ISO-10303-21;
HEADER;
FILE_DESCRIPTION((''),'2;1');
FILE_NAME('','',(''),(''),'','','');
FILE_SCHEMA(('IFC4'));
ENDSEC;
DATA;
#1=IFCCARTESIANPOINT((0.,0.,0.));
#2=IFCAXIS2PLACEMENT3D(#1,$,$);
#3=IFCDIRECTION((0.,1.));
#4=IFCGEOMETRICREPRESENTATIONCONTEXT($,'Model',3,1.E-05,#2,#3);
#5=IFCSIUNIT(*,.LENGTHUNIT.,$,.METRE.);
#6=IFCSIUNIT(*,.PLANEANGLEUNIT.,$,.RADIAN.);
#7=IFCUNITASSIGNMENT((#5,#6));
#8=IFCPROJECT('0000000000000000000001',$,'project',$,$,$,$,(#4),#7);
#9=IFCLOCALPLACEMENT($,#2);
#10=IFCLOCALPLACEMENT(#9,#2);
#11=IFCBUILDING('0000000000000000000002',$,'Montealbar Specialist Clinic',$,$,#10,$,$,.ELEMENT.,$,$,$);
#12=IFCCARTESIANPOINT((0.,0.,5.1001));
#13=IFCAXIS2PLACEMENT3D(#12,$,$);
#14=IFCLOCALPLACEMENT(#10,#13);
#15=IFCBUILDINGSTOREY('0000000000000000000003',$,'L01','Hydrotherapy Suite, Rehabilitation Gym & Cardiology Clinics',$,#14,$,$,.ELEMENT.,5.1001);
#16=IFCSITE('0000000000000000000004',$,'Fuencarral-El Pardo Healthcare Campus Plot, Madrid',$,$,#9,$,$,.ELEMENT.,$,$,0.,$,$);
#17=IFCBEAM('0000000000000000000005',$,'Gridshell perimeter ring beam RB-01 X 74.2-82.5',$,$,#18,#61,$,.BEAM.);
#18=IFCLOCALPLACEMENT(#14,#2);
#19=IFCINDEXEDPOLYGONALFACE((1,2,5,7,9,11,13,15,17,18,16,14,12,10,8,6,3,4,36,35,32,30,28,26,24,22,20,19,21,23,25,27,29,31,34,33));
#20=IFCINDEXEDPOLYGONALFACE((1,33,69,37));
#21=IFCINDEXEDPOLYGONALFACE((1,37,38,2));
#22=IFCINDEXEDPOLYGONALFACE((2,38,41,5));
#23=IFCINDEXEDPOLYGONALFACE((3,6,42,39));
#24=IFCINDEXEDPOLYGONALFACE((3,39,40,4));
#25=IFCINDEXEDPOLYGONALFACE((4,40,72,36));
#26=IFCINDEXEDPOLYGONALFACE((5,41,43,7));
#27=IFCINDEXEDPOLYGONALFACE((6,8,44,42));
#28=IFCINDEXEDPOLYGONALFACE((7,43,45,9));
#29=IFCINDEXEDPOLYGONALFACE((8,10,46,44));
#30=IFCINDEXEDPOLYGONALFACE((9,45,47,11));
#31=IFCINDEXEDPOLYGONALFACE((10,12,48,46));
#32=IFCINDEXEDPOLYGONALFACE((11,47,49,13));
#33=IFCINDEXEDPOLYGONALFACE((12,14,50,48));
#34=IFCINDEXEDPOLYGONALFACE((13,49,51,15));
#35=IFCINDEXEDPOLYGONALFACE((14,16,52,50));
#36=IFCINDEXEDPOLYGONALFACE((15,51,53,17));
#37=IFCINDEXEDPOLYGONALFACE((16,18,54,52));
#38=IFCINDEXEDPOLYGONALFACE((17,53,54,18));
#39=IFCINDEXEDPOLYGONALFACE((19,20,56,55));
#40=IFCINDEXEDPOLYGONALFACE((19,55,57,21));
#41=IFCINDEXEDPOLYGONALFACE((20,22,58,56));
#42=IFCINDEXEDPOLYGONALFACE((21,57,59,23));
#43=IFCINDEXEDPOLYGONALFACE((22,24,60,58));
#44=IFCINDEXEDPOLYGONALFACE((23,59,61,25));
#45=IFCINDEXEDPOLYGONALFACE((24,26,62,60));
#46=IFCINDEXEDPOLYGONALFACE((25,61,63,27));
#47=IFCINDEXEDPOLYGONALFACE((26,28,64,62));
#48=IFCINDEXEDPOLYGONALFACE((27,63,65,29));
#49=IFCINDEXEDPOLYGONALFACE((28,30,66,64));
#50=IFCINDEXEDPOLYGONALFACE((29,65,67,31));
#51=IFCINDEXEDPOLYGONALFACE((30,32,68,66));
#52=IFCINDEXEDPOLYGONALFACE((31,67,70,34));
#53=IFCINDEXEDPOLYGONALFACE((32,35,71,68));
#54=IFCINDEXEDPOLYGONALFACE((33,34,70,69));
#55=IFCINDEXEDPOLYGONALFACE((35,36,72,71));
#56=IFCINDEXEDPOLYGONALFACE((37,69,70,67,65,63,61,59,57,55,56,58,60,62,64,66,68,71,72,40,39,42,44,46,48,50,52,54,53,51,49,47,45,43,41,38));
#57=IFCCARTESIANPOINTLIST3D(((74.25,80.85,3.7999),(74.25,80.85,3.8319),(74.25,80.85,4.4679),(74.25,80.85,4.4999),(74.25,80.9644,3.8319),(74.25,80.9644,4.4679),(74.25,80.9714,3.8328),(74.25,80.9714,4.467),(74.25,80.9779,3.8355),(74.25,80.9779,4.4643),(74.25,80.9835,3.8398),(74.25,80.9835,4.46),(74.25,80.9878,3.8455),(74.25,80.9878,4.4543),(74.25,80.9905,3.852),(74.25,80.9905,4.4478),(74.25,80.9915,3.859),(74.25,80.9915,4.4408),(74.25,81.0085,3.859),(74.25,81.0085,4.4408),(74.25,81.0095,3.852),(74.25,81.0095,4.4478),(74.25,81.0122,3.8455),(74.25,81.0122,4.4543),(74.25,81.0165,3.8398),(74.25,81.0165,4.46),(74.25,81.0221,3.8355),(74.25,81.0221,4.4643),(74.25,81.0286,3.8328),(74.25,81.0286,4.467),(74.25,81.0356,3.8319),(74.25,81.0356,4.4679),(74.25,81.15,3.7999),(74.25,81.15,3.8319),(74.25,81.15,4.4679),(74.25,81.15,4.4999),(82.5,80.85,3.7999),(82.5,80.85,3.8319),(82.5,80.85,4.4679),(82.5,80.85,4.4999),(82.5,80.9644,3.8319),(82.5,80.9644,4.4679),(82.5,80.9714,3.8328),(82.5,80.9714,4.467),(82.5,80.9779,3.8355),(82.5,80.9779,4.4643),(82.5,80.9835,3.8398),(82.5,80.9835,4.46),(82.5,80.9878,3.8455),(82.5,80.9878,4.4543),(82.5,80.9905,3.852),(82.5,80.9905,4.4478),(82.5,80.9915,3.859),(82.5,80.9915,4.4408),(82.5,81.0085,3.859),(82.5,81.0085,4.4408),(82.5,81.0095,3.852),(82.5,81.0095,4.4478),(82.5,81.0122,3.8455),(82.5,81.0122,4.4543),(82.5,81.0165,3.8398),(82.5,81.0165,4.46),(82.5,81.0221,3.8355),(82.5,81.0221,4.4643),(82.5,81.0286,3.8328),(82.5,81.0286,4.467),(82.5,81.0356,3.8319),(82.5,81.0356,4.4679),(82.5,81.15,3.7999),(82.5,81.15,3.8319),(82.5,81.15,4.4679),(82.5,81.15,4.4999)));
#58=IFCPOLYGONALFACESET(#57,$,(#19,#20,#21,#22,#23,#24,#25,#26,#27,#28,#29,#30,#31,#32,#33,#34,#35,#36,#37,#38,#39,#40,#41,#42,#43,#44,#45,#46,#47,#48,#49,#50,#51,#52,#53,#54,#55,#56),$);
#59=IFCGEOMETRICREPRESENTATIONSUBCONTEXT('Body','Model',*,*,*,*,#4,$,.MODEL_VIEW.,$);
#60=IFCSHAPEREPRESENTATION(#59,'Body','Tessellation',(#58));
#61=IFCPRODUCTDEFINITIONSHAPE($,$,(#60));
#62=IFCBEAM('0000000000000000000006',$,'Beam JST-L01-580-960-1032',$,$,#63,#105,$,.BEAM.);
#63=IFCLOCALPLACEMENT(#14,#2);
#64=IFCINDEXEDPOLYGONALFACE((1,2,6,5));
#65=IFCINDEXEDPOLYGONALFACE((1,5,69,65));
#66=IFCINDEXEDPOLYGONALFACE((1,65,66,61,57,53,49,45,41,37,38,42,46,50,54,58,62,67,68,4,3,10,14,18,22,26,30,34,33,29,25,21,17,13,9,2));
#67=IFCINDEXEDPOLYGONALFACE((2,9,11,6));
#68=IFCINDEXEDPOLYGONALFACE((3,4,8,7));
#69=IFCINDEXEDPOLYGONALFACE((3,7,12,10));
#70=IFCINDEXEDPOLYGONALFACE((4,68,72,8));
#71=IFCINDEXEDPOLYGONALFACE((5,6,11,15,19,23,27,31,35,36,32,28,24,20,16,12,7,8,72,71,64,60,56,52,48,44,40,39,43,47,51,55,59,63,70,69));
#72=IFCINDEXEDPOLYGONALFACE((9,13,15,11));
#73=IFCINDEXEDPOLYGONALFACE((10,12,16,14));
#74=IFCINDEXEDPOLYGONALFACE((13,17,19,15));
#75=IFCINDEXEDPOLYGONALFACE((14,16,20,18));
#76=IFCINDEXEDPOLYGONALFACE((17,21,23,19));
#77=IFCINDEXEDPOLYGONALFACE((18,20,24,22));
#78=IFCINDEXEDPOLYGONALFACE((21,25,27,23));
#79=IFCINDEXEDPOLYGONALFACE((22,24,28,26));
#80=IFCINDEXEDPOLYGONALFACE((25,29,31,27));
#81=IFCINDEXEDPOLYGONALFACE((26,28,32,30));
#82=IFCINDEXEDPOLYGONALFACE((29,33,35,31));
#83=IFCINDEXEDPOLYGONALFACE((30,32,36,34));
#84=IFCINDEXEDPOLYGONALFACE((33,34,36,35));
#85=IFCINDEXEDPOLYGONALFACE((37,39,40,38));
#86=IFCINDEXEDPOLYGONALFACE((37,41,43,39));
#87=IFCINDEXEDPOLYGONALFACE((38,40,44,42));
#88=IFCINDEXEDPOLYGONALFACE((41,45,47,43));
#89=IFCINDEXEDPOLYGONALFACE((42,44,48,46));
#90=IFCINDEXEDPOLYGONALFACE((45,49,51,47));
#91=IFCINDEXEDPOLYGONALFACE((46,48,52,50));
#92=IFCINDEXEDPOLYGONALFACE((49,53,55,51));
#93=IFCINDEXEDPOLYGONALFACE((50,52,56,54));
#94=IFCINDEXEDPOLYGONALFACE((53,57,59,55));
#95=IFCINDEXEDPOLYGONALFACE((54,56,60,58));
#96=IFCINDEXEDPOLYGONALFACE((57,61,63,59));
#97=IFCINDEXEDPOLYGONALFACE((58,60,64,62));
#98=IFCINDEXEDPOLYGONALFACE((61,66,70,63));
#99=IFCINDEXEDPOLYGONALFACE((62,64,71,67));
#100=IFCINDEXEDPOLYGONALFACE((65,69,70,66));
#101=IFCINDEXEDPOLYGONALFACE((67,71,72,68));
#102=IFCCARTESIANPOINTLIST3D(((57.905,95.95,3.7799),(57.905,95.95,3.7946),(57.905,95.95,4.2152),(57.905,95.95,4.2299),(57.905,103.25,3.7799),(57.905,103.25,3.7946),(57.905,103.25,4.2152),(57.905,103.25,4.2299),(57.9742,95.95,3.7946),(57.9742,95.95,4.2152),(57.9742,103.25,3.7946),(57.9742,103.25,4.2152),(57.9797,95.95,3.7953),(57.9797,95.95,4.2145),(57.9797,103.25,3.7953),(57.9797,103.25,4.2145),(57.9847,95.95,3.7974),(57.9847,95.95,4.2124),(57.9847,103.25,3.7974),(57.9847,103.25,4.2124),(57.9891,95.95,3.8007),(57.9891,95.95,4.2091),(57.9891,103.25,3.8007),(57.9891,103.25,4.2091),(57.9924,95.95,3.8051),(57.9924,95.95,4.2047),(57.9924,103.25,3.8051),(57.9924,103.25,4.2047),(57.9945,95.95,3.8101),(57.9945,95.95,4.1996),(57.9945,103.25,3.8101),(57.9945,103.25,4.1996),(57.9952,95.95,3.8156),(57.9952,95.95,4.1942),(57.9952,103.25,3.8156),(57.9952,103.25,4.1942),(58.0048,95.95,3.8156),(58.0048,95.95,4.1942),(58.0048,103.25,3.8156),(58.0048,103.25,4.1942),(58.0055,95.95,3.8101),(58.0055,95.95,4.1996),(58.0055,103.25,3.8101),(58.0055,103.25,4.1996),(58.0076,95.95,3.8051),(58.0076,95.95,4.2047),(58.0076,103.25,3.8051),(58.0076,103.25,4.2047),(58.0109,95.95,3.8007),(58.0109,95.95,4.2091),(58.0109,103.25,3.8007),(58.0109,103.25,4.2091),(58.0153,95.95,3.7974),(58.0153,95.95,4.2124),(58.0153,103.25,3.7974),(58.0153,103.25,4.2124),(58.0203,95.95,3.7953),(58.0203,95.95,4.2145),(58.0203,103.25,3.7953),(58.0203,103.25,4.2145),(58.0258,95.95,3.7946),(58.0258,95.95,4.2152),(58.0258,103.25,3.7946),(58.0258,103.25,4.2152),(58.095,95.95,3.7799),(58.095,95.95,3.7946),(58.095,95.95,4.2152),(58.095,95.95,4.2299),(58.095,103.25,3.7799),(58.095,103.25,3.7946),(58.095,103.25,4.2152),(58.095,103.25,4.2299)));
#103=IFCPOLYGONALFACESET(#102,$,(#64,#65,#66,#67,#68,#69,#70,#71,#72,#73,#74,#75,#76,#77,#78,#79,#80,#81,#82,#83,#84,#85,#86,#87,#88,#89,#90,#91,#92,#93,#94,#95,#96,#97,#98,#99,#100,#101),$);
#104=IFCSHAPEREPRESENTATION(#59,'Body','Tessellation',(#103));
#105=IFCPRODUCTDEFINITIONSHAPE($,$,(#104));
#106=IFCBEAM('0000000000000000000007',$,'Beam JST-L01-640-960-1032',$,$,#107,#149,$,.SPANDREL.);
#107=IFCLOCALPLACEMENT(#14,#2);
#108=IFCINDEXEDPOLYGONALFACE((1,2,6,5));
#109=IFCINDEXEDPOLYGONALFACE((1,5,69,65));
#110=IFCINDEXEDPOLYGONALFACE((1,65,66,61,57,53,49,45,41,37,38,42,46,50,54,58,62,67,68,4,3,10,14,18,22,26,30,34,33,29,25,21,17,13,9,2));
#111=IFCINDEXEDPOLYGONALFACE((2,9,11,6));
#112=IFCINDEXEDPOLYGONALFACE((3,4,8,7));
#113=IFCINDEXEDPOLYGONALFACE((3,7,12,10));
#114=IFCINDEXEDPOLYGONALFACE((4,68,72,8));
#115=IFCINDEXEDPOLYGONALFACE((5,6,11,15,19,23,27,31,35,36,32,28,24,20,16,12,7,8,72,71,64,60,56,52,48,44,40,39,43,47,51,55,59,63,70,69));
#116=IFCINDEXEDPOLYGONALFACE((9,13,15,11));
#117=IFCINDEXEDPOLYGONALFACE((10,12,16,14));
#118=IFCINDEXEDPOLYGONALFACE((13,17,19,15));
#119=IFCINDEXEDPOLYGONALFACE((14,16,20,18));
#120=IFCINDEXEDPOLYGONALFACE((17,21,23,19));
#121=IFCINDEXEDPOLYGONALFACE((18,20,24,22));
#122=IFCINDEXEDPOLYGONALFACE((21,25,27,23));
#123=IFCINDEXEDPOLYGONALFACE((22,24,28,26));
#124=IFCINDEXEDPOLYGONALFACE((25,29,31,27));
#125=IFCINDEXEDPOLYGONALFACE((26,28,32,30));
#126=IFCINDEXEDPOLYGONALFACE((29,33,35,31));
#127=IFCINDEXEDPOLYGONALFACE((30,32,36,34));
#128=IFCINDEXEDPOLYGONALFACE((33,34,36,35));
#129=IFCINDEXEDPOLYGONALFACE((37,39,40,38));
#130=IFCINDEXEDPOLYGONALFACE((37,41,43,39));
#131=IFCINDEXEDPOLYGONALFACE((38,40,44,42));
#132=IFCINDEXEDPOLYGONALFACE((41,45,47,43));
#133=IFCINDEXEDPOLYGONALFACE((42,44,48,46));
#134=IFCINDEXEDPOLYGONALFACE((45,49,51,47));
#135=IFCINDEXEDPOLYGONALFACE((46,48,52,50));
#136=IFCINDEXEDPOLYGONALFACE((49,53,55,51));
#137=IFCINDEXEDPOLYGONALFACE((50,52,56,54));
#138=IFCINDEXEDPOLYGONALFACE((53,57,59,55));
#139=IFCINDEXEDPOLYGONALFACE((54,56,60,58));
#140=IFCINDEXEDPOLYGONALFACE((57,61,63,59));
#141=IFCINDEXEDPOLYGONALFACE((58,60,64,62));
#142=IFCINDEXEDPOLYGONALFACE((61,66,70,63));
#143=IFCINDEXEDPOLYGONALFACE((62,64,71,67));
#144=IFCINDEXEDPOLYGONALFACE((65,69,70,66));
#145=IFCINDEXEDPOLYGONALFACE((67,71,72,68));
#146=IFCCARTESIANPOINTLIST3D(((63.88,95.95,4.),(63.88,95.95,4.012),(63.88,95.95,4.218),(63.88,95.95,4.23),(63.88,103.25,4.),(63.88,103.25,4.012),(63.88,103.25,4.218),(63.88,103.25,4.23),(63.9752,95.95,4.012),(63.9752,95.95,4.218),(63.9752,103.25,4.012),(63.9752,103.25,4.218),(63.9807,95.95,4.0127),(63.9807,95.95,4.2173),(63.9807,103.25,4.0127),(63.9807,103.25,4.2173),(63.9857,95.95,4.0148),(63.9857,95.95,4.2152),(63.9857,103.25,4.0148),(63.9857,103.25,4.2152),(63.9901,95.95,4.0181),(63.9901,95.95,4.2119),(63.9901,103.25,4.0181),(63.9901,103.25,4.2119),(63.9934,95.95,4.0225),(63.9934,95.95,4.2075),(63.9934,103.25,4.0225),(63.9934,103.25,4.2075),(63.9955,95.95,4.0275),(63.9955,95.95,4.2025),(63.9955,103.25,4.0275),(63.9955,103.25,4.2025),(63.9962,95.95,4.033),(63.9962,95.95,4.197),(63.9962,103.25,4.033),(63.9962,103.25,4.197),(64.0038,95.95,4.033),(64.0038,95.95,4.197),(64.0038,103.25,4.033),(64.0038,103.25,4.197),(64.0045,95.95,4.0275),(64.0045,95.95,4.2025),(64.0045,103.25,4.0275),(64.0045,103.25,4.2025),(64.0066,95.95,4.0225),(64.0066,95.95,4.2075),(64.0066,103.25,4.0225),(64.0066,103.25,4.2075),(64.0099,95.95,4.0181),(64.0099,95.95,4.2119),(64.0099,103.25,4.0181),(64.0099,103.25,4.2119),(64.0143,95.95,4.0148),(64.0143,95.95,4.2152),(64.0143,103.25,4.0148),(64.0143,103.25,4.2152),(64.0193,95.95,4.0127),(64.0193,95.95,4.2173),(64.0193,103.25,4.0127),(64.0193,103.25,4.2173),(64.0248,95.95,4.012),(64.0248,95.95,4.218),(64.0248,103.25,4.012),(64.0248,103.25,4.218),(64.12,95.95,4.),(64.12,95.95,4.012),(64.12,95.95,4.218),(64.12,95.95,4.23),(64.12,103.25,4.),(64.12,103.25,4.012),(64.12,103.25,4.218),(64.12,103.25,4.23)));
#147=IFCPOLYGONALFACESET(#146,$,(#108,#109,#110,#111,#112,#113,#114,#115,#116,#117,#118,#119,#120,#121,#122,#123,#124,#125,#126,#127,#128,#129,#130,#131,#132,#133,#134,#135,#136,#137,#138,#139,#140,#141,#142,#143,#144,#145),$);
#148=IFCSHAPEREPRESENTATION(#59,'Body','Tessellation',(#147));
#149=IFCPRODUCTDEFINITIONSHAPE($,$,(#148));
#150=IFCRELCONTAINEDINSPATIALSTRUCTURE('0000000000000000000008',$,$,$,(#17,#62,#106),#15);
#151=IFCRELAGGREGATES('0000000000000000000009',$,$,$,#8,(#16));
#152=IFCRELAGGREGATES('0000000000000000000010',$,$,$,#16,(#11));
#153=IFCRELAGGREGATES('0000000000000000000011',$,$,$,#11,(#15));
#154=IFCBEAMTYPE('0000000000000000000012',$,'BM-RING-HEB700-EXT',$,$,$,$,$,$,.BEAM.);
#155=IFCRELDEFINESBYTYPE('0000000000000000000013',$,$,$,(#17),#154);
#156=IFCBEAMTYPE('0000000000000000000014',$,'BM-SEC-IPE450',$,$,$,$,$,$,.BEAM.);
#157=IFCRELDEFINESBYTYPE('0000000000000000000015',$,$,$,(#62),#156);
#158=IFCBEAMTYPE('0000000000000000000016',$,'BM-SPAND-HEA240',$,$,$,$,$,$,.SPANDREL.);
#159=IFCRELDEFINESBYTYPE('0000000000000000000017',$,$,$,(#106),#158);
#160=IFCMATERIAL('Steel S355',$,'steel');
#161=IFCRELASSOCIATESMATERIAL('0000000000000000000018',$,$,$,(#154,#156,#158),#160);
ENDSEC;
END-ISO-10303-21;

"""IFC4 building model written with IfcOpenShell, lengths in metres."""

from ifc_helpers import new_model, si_unit, direction, frame, origin, origin_2d, place, context, subcontext, project, spatial, i_section, extrude, material, material_profile, profile_set, type_object, element, save


model = new_model("IFC4")

# Units and contexts
model_context = context("Model", 3, precision=1e-05, world=origin(), true_north=direction((0.0, 1.0)))
body_context = subcontext(model_context, "Body", "Model", "MODEL_VIEW")
ifc_project = project(units=[si_unit("LENGTHUNIT", "METRE"), si_unit("PLANEANGLEUNIT", "RADIAN")], contexts=[model_context])

# Site, building, storey
site_placement = place(None, origin())
site = spatial("IfcSite", under=ifc_project, at=site_placement, Name="Fuencarral-El Pardo Healthcare Campus Plot, Madrid", CompositionType="ELEMENT", RefElevation=0.0)
building_placement = place(site_placement, origin())
building = spatial("IfcBuilding", under=site, at=building_placement, Name="Montealbar Specialist Clinic", CompositionType="ELEMENT")
storey_placement = place(building_placement, frame((0.0, 0.0, 5.1001)))
storey = spatial("IfcBuildingStorey", under=building, at=storey_placement, Name="L01", Description="Hydrotherapy Suite, Rehabilitation Gym & Cardiology Clinics", CompositionType="ELEMENT", Elevation=5.1001)

# Shared definitions
ifc_material_1 = material(Name="Steel S355", Category="steel")

# Beams
ifc_material_profile_1 = material_profile(ifc_material_1, i_section(OverallWidth=0.3, OverallDepth=0.7, WebThickness=0.0171, FlangeThickness=0.032, FilletRadius=0.0271, at=origin_2d()), Name="HEB 700", Category="steel")
ifc_profile_set_1 = profile_set([ifc_material_profile_1], Name="Steel S355")
beam_type_1 = type_object("IfcBeamType", Name="BM-RING-HEB700-EXT", PredefinedType="BEAM", material=ifc_profile_set_1)
beam_1_placement = place(storey_placement, frame((74.25, 81.0, 4.1499), z_axis=(1.0, 0.0, 0.0), x_axis=(0.0, 1.0, 0.0)))
element("IfcBeam", 1, at=beam_1_placement, inside=storey, type_object=beam_type_1, Name="Gridshell perimeter ring beam RB-01 X 74.2-82.5", PredefinedType="BEAM", context=body_context, shape_type="SweptSolid", body=[
    extrude(i_section(OverallWidth=0.3, OverallDepth=0.7, WebThickness=0.0171, FlangeThickness=0.032, FilletRadius=0.0271, at=origin_2d()), origin(), (0.0, 0.0, 1.0), 8.25),
])
ifc_material_profile_2 = material_profile(ifc_material_1, i_section(OverallWidth=0.1899, OverallDepth=0.45, WebThickness=0.0095, FlangeThickness=0.0146, FilletRadius=0.021, at=origin_2d()), Name="IPE 450", Category="steel")
ifc_profile_set_2 = profile_set([ifc_material_profile_2], Name="Steel S355")
beam_type_2 = type_object("IfcBeamType", Name="BM-SEC-IPE450", PredefinedType="BEAM", material=ifc_profile_set_2)
beam_2_placement = place(storey_placement, frame((58.0, 95.95, 4.0049), z_axis=(0.0, 1.0, 0.0), x_axis=(-1.0, 0.0, 0.0)))
element("IfcBeam", 2, at=beam_2_placement, inside=storey, type_object=beam_type_2, Name="Beam JST-L01-580-960-1032", PredefinedType="BEAM", context=body_context, shape_type="SweptSolid", body=[
    extrude(i_section(OverallWidth=0.1899, OverallDepth=0.45, WebThickness=0.0095, FlangeThickness=0.0146, FilletRadius=0.021, at=origin_2d()), origin(), (0.0, 0.0, 1.0), 7.3),
])
ifc_material_profile_3 = material_profile(ifc_material_1, i_section(OverallWidth=0.24, OverallDepth=0.23, WebThickness=0.0076, FlangeThickness=0.012, FilletRadius=0.021, at=origin_2d()), Name="HEA 240", Category="steel")
ifc_profile_set_3 = profile_set([ifc_material_profile_3], Name="Steel S355")
beam_type_3 = type_object("IfcBeamType", Name="BM-SPAND-HEA240", PredefinedType="SPANDREL", material=ifc_profile_set_3)
beam_3_placement = place(storey_placement, frame((64.0, 95.95, 4.115), z_axis=(0.0, 1.0, 0.0), x_axis=(-1.0, 0.0, 0.0)))
element("IfcBeam", 3, at=beam_3_placement, inside=storey, type_object=beam_type_3, Name="Beam JST-L01-640-960-1032", PredefinedType="SPANDREL", context=body_context, shape_type="SweptSolid", body=[
    extrude(i_section(OverallWidth=0.24, OverallDepth=0.23, WebThickness=0.0076, FlangeThickness=0.012, FilletRadius=0.021, at=origin_2d()), origin(), (0.0, 0.0, 1.0), 7.3),
])

save(model, "model.ifc")
